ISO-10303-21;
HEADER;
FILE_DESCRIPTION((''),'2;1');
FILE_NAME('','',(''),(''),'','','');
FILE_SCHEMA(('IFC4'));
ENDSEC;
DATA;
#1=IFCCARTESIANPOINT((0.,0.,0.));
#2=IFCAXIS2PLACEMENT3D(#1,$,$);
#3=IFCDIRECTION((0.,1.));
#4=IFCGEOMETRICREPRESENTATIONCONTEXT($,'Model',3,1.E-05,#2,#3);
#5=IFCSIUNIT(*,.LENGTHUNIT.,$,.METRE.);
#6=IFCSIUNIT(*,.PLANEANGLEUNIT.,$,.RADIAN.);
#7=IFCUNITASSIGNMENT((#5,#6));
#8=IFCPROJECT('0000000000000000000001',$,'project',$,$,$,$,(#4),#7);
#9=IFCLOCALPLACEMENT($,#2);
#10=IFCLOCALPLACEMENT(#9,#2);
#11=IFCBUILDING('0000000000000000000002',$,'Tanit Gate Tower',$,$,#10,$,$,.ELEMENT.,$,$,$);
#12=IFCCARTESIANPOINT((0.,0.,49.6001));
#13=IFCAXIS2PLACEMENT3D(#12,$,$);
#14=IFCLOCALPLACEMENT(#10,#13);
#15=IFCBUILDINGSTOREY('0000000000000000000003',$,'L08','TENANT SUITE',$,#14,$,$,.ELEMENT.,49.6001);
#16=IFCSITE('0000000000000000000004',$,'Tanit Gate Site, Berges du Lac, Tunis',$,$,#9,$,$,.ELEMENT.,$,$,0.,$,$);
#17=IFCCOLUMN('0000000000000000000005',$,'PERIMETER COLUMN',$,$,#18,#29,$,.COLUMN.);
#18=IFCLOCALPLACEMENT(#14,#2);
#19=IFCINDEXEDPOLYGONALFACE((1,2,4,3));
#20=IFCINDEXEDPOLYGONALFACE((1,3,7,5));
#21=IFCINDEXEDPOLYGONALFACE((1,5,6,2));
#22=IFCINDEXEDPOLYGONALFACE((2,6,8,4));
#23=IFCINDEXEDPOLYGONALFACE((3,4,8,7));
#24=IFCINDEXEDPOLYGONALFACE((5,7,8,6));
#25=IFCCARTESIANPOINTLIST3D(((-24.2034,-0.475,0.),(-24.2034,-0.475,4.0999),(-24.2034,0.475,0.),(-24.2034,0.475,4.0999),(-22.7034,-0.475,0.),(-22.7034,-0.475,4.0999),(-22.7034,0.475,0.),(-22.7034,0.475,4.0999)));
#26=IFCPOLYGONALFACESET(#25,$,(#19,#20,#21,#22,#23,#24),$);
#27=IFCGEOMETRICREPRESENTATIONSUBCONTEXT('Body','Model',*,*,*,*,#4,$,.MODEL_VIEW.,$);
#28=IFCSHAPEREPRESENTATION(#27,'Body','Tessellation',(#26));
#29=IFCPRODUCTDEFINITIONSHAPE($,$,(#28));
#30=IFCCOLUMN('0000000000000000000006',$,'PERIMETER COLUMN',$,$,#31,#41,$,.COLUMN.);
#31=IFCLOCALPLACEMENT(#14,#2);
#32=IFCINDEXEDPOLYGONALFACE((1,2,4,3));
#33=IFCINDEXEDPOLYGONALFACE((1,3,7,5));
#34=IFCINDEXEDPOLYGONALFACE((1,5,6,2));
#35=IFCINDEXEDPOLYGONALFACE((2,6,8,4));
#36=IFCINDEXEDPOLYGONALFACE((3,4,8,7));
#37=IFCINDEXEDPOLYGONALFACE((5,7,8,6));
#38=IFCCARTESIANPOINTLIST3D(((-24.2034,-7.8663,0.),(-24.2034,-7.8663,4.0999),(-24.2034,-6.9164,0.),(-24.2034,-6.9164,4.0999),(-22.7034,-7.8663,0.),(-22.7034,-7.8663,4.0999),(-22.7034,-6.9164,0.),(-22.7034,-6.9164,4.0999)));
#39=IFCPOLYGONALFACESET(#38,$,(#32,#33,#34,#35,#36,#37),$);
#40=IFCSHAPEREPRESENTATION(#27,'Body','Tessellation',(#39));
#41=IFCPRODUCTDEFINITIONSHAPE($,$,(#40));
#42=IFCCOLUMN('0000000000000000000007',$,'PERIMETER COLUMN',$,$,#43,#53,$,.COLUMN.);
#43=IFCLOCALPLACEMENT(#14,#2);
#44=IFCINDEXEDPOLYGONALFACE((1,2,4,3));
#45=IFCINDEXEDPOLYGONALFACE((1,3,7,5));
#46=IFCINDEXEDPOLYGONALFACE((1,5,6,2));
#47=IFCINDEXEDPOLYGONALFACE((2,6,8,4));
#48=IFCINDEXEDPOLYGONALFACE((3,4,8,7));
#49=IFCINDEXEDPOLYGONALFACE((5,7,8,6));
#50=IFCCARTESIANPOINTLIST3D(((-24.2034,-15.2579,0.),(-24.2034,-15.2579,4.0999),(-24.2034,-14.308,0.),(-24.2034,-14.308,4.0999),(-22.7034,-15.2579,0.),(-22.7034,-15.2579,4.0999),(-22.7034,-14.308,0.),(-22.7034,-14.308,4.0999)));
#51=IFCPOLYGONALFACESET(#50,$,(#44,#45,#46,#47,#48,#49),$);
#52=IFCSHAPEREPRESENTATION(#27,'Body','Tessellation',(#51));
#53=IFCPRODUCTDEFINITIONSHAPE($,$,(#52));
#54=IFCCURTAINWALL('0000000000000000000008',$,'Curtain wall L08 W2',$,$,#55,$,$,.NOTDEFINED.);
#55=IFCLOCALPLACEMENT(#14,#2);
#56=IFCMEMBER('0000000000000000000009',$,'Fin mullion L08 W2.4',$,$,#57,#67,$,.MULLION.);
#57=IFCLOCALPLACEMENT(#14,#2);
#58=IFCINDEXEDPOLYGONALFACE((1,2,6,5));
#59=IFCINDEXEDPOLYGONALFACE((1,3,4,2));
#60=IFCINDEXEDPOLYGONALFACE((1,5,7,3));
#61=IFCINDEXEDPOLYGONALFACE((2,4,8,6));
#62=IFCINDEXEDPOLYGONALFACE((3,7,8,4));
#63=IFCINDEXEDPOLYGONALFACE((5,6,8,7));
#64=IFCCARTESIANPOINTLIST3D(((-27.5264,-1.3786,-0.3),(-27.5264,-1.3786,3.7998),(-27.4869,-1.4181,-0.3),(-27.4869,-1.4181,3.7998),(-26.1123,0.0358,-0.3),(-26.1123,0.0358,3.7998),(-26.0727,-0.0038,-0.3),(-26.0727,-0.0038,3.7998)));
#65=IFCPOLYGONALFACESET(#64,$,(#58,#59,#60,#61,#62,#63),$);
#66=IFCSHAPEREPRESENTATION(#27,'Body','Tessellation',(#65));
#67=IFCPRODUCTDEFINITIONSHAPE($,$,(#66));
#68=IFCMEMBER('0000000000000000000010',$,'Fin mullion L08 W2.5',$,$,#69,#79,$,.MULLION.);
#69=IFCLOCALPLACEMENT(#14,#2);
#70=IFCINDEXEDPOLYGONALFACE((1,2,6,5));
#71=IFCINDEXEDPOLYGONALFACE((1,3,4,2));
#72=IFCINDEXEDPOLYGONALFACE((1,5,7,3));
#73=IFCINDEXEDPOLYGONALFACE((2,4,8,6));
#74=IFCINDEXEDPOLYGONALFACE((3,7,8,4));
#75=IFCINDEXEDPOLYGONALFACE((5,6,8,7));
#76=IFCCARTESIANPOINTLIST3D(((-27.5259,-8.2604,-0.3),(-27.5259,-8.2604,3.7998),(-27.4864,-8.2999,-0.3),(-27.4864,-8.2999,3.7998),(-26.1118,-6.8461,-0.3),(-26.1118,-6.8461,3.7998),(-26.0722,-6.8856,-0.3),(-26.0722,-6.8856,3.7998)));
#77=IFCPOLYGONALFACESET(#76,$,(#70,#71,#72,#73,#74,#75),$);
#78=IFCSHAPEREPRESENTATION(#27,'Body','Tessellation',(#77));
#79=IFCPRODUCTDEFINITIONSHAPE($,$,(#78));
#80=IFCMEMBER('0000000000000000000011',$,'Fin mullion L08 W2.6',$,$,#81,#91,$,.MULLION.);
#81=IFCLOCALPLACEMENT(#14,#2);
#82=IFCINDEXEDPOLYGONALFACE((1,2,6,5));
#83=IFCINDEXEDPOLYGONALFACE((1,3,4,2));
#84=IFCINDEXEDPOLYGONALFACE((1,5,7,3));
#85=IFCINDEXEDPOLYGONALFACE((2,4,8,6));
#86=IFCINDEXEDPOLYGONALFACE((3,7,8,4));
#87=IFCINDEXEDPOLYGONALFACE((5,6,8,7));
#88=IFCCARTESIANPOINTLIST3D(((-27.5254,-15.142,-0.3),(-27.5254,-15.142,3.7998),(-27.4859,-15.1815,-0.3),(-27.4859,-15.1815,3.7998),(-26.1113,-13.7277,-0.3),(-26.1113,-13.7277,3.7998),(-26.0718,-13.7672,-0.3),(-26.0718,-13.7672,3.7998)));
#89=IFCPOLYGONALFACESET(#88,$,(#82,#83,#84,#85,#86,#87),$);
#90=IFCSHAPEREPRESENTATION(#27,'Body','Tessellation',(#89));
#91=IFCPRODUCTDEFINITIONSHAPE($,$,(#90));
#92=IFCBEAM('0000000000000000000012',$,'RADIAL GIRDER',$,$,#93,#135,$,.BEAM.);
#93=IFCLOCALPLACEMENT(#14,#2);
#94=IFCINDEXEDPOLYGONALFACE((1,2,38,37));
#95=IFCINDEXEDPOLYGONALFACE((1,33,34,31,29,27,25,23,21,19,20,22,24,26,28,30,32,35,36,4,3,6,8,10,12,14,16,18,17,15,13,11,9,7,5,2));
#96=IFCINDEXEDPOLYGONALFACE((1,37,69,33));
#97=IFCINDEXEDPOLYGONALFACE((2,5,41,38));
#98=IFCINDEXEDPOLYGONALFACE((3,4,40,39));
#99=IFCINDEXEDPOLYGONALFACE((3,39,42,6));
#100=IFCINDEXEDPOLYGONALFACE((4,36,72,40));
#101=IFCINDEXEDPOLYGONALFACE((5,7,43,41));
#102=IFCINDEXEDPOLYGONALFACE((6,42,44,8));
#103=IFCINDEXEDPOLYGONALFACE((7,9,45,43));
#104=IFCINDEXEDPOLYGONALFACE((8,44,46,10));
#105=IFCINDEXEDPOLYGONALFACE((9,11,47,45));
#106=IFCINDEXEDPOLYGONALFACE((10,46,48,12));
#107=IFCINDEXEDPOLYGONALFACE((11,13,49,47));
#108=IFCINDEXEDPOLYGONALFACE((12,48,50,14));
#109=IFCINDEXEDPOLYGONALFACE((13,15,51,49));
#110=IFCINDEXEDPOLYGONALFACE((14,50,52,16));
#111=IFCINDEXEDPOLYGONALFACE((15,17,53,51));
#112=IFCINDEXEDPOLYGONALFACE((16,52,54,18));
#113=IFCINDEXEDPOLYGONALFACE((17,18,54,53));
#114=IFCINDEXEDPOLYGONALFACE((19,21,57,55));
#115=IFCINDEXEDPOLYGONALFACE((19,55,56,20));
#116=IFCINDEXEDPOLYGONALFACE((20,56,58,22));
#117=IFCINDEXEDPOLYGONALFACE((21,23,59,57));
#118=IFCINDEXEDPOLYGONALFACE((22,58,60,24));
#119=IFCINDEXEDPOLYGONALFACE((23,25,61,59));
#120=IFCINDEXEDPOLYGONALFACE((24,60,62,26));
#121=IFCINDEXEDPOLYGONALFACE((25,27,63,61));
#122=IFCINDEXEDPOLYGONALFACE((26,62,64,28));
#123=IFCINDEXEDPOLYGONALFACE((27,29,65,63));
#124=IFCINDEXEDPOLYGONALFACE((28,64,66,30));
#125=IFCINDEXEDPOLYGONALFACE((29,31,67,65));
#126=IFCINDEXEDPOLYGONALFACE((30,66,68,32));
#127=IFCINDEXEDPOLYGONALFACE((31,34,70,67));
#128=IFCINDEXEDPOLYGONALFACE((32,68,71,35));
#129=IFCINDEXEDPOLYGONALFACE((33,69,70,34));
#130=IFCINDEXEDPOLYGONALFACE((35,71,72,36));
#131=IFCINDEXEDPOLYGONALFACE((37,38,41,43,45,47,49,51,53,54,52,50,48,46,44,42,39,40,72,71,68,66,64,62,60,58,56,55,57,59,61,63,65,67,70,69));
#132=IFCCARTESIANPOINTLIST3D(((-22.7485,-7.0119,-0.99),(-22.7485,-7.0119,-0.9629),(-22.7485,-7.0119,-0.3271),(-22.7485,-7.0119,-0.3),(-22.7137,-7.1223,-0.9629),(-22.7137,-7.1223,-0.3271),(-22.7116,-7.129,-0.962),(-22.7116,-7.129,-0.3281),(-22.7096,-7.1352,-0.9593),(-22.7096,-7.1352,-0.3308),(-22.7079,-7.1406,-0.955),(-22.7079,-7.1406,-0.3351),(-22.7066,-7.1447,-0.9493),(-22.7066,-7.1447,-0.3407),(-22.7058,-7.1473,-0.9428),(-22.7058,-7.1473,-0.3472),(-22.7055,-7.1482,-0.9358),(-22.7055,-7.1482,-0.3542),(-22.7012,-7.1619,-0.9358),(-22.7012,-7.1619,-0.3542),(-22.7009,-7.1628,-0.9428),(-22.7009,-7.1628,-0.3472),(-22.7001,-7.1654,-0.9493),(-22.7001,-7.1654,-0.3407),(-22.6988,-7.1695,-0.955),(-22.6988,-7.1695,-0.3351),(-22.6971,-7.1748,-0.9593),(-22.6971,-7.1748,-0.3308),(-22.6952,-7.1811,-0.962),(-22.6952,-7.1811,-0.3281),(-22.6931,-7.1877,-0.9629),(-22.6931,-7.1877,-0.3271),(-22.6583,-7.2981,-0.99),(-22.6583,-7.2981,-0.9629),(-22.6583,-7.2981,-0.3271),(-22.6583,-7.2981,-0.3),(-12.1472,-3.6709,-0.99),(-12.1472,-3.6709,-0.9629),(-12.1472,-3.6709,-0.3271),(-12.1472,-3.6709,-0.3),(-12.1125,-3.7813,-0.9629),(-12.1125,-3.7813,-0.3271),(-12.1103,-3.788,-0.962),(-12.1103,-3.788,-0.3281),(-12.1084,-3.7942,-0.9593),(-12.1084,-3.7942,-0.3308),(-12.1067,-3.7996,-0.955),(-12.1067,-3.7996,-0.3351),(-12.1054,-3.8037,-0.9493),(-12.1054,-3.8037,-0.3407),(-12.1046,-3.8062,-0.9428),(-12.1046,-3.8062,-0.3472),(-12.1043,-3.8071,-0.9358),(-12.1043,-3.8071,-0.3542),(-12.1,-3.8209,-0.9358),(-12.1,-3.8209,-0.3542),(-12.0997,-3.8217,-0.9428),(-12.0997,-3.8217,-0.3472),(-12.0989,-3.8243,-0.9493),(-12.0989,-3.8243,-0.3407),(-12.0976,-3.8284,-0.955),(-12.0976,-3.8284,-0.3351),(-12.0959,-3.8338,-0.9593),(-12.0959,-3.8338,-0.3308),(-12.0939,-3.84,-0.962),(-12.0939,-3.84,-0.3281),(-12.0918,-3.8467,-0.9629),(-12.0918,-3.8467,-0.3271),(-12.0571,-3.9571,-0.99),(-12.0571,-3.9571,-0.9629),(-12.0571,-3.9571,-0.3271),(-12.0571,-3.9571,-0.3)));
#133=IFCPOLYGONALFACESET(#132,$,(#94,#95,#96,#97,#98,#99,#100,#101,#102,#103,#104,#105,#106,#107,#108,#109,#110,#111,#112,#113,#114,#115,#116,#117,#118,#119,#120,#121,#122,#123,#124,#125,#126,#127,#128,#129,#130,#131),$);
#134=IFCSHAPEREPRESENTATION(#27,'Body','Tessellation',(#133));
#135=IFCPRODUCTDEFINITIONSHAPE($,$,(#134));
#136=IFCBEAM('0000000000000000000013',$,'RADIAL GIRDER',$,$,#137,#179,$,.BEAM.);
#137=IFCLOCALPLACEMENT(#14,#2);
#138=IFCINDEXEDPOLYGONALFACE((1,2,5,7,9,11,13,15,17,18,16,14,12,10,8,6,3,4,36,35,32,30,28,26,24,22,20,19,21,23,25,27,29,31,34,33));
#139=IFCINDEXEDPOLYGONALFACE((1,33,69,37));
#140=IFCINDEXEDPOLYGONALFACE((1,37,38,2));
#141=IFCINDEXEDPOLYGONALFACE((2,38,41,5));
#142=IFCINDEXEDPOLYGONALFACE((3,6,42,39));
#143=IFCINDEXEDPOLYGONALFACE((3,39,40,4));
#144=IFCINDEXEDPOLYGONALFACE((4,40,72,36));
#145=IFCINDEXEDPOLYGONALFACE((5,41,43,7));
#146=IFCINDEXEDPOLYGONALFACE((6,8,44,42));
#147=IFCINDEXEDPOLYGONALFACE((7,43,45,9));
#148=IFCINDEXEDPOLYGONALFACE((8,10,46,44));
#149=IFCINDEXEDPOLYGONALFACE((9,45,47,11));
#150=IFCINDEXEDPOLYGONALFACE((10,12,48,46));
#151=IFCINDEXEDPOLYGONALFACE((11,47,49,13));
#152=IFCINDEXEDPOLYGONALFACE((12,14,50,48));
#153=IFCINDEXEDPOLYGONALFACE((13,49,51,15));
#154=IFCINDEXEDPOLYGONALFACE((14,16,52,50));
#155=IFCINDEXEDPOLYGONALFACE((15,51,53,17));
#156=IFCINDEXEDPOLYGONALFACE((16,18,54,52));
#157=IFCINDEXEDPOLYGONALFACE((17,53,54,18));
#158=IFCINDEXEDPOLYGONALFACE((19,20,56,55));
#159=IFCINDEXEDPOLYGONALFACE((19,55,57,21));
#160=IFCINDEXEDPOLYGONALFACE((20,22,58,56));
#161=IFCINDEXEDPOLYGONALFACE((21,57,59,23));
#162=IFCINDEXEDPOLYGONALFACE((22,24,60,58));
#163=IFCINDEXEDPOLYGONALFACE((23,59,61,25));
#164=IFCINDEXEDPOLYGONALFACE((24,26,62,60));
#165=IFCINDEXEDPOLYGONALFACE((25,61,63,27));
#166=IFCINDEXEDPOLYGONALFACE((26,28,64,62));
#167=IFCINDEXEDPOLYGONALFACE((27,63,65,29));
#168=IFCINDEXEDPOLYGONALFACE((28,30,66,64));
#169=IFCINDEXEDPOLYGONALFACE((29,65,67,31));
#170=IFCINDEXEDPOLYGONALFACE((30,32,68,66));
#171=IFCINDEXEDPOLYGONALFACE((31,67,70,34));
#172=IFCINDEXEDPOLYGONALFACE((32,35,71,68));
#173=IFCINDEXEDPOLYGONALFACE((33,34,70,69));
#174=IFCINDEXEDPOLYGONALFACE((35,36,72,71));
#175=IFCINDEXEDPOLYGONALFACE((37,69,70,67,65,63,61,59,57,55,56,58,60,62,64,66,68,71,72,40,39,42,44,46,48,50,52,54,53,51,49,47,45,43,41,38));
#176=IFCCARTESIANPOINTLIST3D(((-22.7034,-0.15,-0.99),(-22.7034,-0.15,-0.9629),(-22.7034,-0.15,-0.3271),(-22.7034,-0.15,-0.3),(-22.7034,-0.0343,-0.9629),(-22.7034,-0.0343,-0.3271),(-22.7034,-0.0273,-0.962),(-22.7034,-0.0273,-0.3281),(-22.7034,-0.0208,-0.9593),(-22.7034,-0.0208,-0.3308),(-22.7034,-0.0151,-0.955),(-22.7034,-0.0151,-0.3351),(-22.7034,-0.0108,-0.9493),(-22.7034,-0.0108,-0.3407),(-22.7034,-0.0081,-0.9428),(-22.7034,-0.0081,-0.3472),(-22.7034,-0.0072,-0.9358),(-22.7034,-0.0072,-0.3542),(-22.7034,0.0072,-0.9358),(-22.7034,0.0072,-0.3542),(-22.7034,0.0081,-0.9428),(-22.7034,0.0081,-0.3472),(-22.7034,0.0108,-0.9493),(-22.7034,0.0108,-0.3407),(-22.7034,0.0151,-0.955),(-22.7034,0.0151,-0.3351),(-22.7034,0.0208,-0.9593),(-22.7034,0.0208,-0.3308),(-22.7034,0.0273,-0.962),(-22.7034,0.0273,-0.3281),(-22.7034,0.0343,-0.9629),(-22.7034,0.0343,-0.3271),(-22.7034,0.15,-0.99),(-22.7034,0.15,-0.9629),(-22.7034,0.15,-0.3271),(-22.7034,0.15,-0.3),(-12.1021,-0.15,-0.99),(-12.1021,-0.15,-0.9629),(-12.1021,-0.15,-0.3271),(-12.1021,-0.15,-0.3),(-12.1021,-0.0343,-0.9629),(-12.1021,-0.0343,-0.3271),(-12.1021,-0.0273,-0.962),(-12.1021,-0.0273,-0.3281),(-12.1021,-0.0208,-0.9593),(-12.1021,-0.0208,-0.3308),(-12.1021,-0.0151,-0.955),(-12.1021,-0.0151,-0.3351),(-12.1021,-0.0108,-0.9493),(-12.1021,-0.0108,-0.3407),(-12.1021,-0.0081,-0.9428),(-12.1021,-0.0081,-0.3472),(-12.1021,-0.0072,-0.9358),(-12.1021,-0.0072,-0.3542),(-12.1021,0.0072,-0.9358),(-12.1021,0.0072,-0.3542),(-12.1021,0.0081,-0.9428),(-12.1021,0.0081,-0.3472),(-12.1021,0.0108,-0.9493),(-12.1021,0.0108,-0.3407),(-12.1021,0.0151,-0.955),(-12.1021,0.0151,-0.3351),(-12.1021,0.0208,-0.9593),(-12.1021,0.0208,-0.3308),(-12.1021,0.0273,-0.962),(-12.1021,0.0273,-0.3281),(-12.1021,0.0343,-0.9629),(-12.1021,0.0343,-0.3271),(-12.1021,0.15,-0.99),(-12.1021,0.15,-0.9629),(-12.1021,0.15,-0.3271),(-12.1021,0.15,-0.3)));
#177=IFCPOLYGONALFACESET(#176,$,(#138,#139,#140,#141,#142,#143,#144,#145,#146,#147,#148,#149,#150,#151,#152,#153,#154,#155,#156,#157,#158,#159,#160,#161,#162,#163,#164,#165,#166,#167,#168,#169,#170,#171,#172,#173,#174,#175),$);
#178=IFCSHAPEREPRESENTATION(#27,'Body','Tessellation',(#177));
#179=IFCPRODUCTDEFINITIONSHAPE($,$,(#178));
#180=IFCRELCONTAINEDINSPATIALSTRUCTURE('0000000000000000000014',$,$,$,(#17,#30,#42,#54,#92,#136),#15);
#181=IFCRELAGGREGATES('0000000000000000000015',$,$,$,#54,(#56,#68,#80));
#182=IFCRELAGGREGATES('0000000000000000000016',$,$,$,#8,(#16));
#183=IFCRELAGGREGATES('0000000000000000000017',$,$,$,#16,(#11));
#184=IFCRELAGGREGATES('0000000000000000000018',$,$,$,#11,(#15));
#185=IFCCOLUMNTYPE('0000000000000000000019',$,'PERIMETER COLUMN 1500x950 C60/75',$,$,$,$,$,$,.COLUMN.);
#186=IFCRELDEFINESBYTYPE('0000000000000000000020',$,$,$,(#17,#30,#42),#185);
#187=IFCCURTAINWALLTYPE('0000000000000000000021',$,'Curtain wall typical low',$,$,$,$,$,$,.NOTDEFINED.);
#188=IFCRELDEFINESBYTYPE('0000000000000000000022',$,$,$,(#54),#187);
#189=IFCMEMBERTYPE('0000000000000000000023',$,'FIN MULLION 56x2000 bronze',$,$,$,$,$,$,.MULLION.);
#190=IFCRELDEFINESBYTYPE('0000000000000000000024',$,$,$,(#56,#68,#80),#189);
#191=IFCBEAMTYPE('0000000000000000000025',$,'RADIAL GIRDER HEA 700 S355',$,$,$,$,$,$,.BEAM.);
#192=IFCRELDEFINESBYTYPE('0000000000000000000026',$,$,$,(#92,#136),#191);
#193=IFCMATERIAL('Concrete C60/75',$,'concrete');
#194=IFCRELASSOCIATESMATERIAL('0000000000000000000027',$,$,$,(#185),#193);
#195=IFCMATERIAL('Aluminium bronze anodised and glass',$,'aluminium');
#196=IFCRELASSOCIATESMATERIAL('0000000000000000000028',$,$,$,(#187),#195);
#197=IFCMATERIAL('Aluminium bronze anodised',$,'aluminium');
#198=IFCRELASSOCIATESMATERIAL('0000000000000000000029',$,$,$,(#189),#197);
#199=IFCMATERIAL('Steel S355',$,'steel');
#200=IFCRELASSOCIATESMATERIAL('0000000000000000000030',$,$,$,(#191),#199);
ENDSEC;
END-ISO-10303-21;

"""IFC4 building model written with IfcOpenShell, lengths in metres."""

from ifc_helpers import new_model, si_unit, direction, frame, origin, origin_2d, place, context, subcontext, project, spatial, rectangle, i_section, extrude, material, material_profile, profile_set, type_object, element, aggregate, save


model = new_model("IFC4")

# Units and contexts
model_context = context("Model", 3, precision=1e-05, world=origin(), true_north=direction((0.0, 1.0)))
body_context = subcontext(model_context, "Body", "Model", "MODEL_VIEW")
ifc_project = project(units=[si_unit("LENGTHUNIT", "METRE"), si_unit("PLANEANGLEUNIT", "RADIAN")], contexts=[model_context])

# Site, building, storey
site_placement = place(None, origin())
site = spatial("IfcSite", under=ifc_project, at=site_placement, Name="Tanit Gate Site, Berges du Lac, Tunis", CompositionType="ELEMENT", RefElevation=0.0)
building_placement = place(site_placement, origin())
building = spatial("IfcBuilding", under=site, at=building_placement, Name="Tanit Gate Tower", CompositionType="ELEMENT")
storey_placement = place(building_placement, frame((0.0, 0.0, 49.6001)))
storey = spatial("IfcBuildingStorey", under=building, at=storey_placement, Name="L08", Description="TENANT SUITE", CompositionType="ELEMENT", Elevation=49.6001)

# Columns
ifc_material_1 = material(Name="Concrete C60/75", Category="concrete")
ifc_material_profile_1 = material_profile(ifc_material_1, rectangle(XDim=1.5, YDim=0.95, at=origin_2d()), Name="RC 1500x950")
ifc_profile_set_1 = profile_set([ifc_material_profile_1], Name="Concrete C60/75")
column_type = type_object("IfcColumnType", Name="PERIMETER COLUMN 1500x950 C60/75", PredefinedType="COLUMN", material=ifc_profile_set_1)
for number, where, z_axis, x_axis, name in (
    (1, (-23.4534, 0.0, 0.0), (0.0, 0.0, 1.0), (-1.0, 0.0, 0.0), "PERIMETER COLUMN"),
    (2, (-23.4534, -7.3914, 0.0), (0.0, 0.0, 1.0), (-1.0, 0.0, 0.0), "PERIMETER COLUMN"),
    (3, (-23.4534, -14.783, 0.0), (0.0, 0.0, 1.0), (-1.0, 0.0, 0.0), "PERIMETER COLUMN"),
):
    element("IfcColumn", number, at=place(storey_placement, frame(where, z_axis=z_axis, x_axis=x_axis)), inside=storey, type_object=column_type, Name=name, PredefinedType="COLUMN", context=body_context, shape_type="SweptSolid", body=[
        extrude(rectangle(XDim=1.5, YDim=0.95, at=origin_2d()), origin(), (0.0, 0.0, 1.0), 4.0999),
    ])

# Curtain wall, members
ifc_material_2 = material(Name="Aluminium bronze anodised and glass", Category="aluminium")
curtain_wall_type = type_object("IfcCurtainWallType", Name="Curtain wall typical low", PredefinedType="NOTDEFINED", material=ifc_material_2)
curtain_wall_placement = place(storey_placement, origin())
curtain_wall = element("IfcCurtainWall", 4, at=curtain_wall_placement, inside=storey, type_object=curtain_wall_type, Name="Curtain wall L08 W2", PredefinedType="NOTDEFINED")
ifc_material_3 = material(Name="Aluminium bronze anodised", Category="aluminium")
ifc_material_profile_2 = material_profile(ifc_material_3, rectangle(XDim=2.0, YDim=0.0559, at=origin_2d()), Name="56x2000 bronze fin mullion")
ifc_profile_set_2 = profile_set([ifc_material_profile_2], Name="Aluminium bronze anodised")
member_type_1 = type_object("IfcMemberType", Name="FIN MULLION 56x2000 bronze", PredefinedType="MULLION", material=ifc_profile_set_2)
member_1_placement = place(storey_placement, frame((-26.7996, -0.6912, -0.3), z_axis=(0.0, 0.0, 1.0), x_axis=(0.707058, 0.707156, 0.0)))
member_1 = element("IfcMember", 5, at=member_1_placement, type_object=member_type_1, Name="Fin mullion L08 W2.4", PredefinedType="MULLION", context=body_context, shape_type="SweptSolid", body=[
    extrude(rectangle(XDim=2.0, YDim=0.0559, at=origin_2d()), origin(), (0.0, 0.0, 1.0), 4.0999),
])
member_2_placement = place(storey_placement, frame((-26.7991, -7.573, -0.3), z_axis=(0.0, 0.0, 1.0), x_axis=(0.707058, 0.707156, 0.0)))
member_2 = element("IfcMember", 6, at=member_2_placement, type_object=member_type_1, Name="Fin mullion L08 W2.5", PredefinedType="MULLION", context=body_context, shape_type="SweptSolid", body=[
    extrude(rectangle(XDim=2.0, YDim=0.0559, at=origin_2d()), origin(), (0.0, 0.0, 1.0), 4.0999),
])
member_3_placement = place(storey_placement, frame((-26.7986, -14.4546, -0.3), z_axis=(0.0, 0.0, 1.0), x_axis=(0.707058, 0.707156, 0.0)))
member_3 = element("IfcMember", 7, at=member_3_placement, type_object=member_type_1, Name="Fin mullion L08 W2.6", PredefinedType="MULLION", context=body_context, shape_type="SweptSolid", body=[
    extrude(rectangle(XDim=2.0, YDim=0.0559, at=origin_2d()), origin(), (0.0, 0.0, 1.0), 4.0999),
])

# Beams
ifc_material_4 = material(Name="Steel S355", Category="steel")
ifc_material_profile_3 = material_profile(ifc_material_4, i_section(OverallWidth=0.3, OverallDepth=0.6899, WebThickness=0.0144, FlangeThickness=0.0271, FilletRadius=0.0271, at=origin_2d()), Name="HEA 700")
ifc_profile_set_3 = profile_set([ifc_material_profile_3], Name="Steel S355")
beam_type_1 = type_object("IfcBeamType", Name="RADIAL GIRDER HEA 700 S355", PredefinedType="BEAM", material=ifc_profile_set_3)
beam_1_placement = place(storey_placement, frame((-22.7034, -7.155, -0.645), z_axis=(0.953756, 0.300582, 0.0), x_axis=(-0.300582, 0.953756, 0.0)))
element("IfcBeam", 8, at=beam_1_placement, inside=storey, type_object=beam_type_1, Name="RADIAL GIRDER", PredefinedType="BEAM", context=body_context, shape_type="SweptSolid", body=[
    extrude(i_section(OverallWidth=0.3, OverallDepth=0.6899, WebThickness=0.0144, FlangeThickness=0.0271, FilletRadius=0.0271, at=origin_2d()), origin(), (0.0, 0.0, 1.0), 11.1152),
])
beam_2_placement = place(storey_placement, frame((-22.7034, 0.0, -0.645), z_axis=(1.0, 0.0, 0.0), x_axis=(0.0, 1.0, 0.0)))
element("IfcBeam", 9, at=beam_2_placement, inside=storey, type_object=beam_type_1, Name="RADIAL GIRDER", PredefinedType="BEAM", context=body_context, shape_type="SweptSolid", body=[
    extrude(i_section(OverallWidth=0.3, OverallDepth=0.6899, WebThickness=0.0144, FlangeThickness=0.0271, FilletRadius=0.0271, at=origin_2d()), origin(), (0.0, 0.0, 1.0), 10.6013),
])

aggregate(curtain_wall, [member_1, member_2, member_3])

save(model, "model.ifc")
